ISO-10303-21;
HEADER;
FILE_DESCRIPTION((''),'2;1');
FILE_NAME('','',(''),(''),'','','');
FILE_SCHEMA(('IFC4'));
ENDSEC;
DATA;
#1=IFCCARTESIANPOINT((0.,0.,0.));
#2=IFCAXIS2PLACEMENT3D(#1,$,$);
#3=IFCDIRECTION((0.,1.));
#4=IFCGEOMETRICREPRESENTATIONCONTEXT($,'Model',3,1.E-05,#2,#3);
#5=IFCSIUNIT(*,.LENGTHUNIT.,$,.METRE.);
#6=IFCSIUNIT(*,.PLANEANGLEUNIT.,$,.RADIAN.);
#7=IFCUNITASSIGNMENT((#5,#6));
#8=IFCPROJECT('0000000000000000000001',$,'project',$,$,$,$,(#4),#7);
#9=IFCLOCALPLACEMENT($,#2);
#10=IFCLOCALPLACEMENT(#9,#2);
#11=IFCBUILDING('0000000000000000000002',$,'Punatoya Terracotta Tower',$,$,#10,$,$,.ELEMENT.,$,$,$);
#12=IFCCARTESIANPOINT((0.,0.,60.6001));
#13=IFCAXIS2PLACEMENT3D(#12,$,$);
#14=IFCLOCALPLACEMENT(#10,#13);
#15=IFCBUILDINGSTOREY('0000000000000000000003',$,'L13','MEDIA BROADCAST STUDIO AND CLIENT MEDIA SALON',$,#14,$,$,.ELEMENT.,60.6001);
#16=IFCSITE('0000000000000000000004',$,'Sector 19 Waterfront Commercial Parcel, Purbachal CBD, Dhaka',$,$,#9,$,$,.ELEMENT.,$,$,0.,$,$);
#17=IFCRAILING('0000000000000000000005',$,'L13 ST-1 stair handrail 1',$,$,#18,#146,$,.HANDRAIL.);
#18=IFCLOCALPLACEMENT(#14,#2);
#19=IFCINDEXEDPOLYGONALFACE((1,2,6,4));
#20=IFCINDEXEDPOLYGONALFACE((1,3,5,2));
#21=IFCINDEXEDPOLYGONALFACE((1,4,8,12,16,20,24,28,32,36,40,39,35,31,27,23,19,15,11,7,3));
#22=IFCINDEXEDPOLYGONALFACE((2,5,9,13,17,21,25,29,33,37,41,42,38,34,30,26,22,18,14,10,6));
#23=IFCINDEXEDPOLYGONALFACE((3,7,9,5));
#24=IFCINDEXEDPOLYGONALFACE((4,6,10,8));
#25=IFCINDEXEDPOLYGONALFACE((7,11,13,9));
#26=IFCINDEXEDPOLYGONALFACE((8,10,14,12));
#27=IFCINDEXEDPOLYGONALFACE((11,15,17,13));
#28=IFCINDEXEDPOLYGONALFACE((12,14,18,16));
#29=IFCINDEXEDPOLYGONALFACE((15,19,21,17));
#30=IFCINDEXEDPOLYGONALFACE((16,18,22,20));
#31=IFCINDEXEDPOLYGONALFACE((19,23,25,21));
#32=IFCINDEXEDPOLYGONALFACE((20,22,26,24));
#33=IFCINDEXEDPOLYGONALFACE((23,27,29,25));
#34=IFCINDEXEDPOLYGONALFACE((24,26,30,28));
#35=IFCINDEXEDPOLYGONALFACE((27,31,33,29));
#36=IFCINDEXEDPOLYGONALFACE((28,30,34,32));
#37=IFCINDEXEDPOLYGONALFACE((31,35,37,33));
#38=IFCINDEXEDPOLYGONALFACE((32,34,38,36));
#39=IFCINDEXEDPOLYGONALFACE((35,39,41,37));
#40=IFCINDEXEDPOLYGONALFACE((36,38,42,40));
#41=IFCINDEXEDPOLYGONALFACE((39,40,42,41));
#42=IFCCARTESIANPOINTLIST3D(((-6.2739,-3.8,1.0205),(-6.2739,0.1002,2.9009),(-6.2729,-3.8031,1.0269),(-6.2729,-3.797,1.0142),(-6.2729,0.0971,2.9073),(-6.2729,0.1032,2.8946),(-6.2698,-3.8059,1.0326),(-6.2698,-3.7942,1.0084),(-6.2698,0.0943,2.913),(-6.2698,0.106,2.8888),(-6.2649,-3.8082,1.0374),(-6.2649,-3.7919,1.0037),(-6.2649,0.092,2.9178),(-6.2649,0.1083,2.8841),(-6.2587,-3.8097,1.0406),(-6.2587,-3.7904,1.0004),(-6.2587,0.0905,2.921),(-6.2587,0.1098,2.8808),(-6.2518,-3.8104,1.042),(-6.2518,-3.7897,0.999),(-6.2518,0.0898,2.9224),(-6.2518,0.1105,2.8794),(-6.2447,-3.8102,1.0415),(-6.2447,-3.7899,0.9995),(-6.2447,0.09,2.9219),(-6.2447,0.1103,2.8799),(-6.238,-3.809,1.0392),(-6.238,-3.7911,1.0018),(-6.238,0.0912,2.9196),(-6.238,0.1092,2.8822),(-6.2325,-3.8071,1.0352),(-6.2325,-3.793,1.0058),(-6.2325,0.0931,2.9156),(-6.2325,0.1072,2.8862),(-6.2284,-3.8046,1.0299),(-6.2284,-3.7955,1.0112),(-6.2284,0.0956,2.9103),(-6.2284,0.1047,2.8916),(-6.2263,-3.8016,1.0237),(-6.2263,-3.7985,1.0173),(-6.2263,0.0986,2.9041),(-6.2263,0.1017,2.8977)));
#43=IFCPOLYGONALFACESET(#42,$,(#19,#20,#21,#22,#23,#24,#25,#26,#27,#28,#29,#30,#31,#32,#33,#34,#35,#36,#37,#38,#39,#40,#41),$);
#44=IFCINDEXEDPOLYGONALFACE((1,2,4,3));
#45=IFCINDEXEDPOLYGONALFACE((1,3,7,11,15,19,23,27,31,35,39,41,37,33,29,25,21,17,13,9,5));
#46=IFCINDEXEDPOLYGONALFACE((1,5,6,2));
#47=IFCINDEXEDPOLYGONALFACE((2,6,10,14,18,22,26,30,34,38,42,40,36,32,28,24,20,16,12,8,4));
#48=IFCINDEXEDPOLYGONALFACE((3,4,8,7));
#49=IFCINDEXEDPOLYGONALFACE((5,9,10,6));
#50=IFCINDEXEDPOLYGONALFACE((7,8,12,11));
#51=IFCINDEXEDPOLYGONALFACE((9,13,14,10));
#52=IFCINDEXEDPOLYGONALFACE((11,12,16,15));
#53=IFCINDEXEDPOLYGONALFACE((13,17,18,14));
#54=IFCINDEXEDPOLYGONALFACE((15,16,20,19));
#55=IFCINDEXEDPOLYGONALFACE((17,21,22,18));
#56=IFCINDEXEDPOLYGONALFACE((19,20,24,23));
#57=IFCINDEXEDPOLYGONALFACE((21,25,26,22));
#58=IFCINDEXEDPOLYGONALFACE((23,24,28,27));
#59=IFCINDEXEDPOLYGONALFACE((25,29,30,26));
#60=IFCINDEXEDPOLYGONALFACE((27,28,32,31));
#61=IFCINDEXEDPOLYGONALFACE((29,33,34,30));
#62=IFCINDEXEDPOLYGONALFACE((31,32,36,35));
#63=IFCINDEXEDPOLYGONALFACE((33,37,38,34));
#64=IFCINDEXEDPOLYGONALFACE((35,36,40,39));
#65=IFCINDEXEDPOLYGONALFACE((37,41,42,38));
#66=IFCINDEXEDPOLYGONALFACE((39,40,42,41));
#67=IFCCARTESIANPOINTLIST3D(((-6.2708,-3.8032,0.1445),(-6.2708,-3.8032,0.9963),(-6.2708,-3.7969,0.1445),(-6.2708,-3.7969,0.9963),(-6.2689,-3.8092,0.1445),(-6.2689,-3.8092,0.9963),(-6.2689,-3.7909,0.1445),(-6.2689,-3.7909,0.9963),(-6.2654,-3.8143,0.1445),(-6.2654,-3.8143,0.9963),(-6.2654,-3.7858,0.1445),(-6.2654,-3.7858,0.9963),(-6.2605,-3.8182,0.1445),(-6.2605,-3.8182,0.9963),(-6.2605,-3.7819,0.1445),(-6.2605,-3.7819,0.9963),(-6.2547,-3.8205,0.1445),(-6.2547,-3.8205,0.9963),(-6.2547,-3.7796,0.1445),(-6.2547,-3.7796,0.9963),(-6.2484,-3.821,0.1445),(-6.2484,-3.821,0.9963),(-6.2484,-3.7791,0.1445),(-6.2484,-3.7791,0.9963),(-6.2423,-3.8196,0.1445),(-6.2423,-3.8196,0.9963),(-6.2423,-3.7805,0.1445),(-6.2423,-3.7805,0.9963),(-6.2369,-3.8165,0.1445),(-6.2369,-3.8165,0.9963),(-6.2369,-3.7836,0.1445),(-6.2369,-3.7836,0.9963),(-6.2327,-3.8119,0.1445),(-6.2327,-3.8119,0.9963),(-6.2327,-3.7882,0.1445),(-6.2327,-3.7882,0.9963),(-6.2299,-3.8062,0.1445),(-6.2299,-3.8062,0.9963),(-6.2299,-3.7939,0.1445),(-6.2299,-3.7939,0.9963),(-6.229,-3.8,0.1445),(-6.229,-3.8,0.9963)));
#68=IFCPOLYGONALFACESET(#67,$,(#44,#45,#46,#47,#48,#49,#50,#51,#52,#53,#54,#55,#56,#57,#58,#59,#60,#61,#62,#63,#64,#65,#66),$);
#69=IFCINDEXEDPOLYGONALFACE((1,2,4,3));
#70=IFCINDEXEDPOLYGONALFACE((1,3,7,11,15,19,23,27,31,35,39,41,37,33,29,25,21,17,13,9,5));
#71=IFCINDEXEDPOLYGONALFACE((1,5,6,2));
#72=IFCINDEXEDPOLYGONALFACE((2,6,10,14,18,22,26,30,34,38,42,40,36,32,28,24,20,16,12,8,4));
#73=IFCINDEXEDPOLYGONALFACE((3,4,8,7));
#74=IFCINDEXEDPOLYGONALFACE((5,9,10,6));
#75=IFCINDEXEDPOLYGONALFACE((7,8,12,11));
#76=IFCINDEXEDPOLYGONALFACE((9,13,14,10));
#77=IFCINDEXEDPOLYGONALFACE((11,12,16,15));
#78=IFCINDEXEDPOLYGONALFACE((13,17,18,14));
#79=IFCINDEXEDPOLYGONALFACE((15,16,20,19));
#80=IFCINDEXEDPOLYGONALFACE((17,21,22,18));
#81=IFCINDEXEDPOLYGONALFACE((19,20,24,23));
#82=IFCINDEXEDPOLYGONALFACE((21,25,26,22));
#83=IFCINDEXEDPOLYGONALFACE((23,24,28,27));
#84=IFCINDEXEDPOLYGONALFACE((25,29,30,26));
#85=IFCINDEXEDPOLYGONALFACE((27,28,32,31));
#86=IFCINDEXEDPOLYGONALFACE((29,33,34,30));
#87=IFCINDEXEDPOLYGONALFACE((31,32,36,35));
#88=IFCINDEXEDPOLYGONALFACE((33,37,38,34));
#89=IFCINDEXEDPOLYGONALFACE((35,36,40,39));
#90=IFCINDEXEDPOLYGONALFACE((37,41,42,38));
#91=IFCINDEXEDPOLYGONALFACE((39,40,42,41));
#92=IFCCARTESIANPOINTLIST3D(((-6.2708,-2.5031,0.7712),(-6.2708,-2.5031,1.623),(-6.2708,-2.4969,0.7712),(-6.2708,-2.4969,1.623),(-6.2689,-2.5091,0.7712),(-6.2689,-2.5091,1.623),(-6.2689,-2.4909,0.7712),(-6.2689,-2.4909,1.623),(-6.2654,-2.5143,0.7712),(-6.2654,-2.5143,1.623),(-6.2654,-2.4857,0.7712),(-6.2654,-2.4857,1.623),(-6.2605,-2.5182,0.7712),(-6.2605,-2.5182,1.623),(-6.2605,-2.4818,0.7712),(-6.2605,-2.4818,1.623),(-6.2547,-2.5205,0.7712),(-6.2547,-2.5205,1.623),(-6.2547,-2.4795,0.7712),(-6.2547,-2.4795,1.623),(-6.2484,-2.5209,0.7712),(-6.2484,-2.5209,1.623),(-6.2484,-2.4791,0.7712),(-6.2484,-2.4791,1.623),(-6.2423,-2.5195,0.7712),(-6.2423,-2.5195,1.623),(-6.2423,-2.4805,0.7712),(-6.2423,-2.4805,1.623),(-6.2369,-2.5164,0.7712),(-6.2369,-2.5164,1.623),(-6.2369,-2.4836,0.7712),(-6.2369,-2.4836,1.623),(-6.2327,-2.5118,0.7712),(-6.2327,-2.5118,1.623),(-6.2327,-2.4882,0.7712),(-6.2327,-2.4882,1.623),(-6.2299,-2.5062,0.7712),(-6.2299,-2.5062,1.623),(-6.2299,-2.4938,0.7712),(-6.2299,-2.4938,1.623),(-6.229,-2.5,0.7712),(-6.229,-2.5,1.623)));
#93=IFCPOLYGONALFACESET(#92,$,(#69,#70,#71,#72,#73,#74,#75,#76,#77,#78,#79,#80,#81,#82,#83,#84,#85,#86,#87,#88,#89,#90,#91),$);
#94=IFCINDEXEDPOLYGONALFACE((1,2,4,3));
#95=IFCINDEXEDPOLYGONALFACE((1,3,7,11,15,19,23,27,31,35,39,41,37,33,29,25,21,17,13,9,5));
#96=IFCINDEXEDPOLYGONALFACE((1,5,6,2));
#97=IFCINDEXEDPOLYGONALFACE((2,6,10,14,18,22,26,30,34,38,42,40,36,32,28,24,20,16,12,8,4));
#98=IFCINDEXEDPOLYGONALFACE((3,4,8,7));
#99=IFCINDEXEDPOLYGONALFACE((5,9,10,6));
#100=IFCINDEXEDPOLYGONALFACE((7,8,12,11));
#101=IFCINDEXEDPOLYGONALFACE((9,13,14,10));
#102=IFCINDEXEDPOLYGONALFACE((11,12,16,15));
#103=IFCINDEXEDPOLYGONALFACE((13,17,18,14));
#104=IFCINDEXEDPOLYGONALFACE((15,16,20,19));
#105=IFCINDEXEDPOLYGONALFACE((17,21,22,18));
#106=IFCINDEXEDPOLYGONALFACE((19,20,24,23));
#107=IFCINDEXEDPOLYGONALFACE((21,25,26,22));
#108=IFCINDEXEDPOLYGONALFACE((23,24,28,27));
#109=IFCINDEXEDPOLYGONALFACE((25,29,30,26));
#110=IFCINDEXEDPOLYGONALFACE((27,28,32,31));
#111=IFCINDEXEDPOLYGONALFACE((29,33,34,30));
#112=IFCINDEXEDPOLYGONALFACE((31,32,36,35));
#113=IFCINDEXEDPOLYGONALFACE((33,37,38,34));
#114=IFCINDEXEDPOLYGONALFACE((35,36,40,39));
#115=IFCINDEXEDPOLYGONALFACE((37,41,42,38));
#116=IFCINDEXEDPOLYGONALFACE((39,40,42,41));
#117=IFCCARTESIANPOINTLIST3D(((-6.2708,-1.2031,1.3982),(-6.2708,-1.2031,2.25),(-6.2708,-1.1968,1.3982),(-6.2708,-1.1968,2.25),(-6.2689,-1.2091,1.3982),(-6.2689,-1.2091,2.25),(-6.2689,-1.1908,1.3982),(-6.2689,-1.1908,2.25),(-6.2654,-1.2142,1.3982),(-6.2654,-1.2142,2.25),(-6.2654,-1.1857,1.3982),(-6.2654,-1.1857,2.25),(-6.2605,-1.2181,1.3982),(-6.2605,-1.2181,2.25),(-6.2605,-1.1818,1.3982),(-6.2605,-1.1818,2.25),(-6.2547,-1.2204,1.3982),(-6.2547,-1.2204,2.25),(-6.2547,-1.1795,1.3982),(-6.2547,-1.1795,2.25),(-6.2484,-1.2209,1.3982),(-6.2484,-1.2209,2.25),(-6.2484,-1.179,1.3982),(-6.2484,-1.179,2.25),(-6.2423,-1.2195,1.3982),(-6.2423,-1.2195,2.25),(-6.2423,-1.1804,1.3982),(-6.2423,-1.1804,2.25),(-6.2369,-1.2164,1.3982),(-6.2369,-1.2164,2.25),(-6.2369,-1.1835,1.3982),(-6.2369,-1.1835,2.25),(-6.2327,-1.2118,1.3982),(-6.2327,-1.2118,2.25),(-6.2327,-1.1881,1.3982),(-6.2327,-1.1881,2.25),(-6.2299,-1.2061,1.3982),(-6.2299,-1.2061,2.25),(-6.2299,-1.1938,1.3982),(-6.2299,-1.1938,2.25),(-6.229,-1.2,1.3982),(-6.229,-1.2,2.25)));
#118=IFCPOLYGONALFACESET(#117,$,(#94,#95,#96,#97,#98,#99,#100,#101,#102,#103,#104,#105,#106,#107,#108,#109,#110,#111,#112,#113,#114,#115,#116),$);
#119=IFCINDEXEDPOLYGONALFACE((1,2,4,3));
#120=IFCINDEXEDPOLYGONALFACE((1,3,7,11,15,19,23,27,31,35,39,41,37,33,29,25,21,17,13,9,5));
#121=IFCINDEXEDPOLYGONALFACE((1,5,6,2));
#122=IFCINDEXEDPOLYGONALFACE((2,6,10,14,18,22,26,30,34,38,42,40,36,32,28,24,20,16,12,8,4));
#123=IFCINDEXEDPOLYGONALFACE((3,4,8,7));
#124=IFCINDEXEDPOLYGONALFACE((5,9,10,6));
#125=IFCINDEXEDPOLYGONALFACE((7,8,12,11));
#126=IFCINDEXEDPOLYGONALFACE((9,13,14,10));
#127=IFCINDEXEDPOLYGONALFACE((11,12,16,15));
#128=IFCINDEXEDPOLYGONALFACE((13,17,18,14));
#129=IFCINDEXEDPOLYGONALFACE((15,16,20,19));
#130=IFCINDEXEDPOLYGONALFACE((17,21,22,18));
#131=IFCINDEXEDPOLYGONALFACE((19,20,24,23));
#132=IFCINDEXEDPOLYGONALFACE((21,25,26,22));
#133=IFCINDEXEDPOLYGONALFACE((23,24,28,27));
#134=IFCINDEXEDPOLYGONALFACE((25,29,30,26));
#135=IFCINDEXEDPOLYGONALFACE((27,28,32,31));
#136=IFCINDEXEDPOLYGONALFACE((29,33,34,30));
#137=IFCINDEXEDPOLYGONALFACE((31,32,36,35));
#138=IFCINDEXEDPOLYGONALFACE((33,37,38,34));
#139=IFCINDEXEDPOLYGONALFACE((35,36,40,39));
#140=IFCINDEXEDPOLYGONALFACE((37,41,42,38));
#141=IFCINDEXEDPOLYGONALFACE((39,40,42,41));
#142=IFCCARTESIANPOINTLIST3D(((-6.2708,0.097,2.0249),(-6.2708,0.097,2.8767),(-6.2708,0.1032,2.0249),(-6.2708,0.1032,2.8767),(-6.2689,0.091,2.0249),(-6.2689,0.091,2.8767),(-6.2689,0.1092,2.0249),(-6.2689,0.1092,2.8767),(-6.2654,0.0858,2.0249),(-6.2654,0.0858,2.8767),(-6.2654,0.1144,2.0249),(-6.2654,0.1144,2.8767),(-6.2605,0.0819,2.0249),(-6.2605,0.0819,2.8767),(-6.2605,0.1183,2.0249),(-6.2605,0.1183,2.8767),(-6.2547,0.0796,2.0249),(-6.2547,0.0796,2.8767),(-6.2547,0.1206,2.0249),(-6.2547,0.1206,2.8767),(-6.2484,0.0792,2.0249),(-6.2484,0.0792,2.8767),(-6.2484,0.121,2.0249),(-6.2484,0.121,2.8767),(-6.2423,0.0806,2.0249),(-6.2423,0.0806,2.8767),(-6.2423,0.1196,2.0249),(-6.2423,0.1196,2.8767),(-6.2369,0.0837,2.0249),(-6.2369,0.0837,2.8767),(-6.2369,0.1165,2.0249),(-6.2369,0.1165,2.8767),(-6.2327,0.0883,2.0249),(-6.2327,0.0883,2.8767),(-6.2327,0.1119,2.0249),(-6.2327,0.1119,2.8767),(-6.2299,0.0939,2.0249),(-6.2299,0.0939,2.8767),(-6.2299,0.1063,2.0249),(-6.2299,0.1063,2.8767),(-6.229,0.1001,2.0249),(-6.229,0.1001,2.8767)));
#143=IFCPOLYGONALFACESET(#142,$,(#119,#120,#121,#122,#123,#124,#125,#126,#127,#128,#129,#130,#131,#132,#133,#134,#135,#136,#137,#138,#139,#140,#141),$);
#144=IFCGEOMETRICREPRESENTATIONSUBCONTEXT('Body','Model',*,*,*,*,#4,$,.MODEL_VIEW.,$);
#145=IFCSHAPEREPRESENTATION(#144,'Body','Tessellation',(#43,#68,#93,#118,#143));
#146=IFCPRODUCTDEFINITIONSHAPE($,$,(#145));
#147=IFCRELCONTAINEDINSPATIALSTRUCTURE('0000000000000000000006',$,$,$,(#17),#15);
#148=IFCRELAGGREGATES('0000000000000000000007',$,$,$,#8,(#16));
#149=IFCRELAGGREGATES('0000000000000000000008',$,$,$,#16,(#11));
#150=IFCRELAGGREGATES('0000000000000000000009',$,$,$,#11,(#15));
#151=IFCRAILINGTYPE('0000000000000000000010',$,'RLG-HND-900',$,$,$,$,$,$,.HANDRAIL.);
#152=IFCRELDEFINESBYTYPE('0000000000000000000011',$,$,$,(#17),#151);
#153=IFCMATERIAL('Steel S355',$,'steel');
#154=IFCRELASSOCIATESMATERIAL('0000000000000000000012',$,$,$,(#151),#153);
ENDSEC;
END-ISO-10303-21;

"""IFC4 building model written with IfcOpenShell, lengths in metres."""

from ifc_helpers import new_model, si_unit, direction, frame, origin, origin_2d, place, context, subcontext, project, spatial, circle, extrude, material, type_object, element, save


model = new_model("IFC4")

# Units and contexts
model_context = context("Model", 3, precision=1e-05, world=origin(), true_north=direction((0.0, 1.0)))
body_context = subcontext(model_context, "Body", "Model", "MODEL_VIEW")
ifc_project = project(units=[si_unit("LENGTHUNIT", "METRE"), si_unit("PLANEANGLEUNIT", "RADIAN")], contexts=[model_context])

# Site, building, storey
site_placement = place(None, origin())
site = spatial("IfcSite", under=ifc_project, at=site_placement, Name="Sector 19 Waterfront Commercial Parcel, Purbachal CBD, Dhaka", CompositionType="ELEMENT", RefElevation=0.0)
building_placement = place(site_placement, origin())
building = spatial("IfcBuilding", under=site, at=building_placement, Name="Punatoya Terracotta Tower", CompositionType="ELEMENT")
storey_placement = place(building_placement, frame((0.0, 0.0, 60.6001)))
storey = spatial("IfcBuildingStorey", under=building, at=storey_placement, Name="L13", Description="MEDIA BROADCAST STUDIO AND CLIENT MEDIA SALON", CompositionType="ELEMENT", Elevation=60.6001)

# Railing
ifc_material_1 = material(Name="Steel S355", Category="steel")
railing_type_1 = type_object("IfcRailingType", Name="RLG-HND-900", PredefinedType="HANDRAIL", material=ifc_material_1)
railing_1_placement = place(storey_placement, frame((-6.25, -3.8, 0.1445)))
element("IfcRailing", 1, at=railing_1_placement, inside=storey, type_object=railing_type_1, Name="L13 ST-1 stair handrail 1", PredefinedType="HANDRAIL", context=body_context, shape_type="SweptSolid", body=[
    extrude(circle(Radius=0.0239, at=origin_2d()), frame((0.0, 0.0, 0.876), z_axis=(0.0, 0.900774, 0.434289), x_axis=(-1.0, 0.0, 0.0)), (0.0, 0.0, 1.0), 4.3298),
    extrude(circle(Radius=0.021, at=origin_2d()), origin(), (0.0, 0.0, 1.0), 0.8518),
    extrude(circle(Radius=0.021, at=origin_2d()), frame((0.0, 1.3, 0.6267)), (0.0, 0.0, 1.0), 0.8518),
    extrude(circle(Radius=0.021, at=origin_2d()), frame((0.0, 2.6001, 1.2537)), (0.0, 0.0, 1.0), 0.8518),
    extrude(circle(Radius=0.021, at=origin_2d()), frame((0.0, 3.9001, 1.8804)), (0.0, 0.0, 1.0), 0.8518),
])

save(model, "model.ifc")
